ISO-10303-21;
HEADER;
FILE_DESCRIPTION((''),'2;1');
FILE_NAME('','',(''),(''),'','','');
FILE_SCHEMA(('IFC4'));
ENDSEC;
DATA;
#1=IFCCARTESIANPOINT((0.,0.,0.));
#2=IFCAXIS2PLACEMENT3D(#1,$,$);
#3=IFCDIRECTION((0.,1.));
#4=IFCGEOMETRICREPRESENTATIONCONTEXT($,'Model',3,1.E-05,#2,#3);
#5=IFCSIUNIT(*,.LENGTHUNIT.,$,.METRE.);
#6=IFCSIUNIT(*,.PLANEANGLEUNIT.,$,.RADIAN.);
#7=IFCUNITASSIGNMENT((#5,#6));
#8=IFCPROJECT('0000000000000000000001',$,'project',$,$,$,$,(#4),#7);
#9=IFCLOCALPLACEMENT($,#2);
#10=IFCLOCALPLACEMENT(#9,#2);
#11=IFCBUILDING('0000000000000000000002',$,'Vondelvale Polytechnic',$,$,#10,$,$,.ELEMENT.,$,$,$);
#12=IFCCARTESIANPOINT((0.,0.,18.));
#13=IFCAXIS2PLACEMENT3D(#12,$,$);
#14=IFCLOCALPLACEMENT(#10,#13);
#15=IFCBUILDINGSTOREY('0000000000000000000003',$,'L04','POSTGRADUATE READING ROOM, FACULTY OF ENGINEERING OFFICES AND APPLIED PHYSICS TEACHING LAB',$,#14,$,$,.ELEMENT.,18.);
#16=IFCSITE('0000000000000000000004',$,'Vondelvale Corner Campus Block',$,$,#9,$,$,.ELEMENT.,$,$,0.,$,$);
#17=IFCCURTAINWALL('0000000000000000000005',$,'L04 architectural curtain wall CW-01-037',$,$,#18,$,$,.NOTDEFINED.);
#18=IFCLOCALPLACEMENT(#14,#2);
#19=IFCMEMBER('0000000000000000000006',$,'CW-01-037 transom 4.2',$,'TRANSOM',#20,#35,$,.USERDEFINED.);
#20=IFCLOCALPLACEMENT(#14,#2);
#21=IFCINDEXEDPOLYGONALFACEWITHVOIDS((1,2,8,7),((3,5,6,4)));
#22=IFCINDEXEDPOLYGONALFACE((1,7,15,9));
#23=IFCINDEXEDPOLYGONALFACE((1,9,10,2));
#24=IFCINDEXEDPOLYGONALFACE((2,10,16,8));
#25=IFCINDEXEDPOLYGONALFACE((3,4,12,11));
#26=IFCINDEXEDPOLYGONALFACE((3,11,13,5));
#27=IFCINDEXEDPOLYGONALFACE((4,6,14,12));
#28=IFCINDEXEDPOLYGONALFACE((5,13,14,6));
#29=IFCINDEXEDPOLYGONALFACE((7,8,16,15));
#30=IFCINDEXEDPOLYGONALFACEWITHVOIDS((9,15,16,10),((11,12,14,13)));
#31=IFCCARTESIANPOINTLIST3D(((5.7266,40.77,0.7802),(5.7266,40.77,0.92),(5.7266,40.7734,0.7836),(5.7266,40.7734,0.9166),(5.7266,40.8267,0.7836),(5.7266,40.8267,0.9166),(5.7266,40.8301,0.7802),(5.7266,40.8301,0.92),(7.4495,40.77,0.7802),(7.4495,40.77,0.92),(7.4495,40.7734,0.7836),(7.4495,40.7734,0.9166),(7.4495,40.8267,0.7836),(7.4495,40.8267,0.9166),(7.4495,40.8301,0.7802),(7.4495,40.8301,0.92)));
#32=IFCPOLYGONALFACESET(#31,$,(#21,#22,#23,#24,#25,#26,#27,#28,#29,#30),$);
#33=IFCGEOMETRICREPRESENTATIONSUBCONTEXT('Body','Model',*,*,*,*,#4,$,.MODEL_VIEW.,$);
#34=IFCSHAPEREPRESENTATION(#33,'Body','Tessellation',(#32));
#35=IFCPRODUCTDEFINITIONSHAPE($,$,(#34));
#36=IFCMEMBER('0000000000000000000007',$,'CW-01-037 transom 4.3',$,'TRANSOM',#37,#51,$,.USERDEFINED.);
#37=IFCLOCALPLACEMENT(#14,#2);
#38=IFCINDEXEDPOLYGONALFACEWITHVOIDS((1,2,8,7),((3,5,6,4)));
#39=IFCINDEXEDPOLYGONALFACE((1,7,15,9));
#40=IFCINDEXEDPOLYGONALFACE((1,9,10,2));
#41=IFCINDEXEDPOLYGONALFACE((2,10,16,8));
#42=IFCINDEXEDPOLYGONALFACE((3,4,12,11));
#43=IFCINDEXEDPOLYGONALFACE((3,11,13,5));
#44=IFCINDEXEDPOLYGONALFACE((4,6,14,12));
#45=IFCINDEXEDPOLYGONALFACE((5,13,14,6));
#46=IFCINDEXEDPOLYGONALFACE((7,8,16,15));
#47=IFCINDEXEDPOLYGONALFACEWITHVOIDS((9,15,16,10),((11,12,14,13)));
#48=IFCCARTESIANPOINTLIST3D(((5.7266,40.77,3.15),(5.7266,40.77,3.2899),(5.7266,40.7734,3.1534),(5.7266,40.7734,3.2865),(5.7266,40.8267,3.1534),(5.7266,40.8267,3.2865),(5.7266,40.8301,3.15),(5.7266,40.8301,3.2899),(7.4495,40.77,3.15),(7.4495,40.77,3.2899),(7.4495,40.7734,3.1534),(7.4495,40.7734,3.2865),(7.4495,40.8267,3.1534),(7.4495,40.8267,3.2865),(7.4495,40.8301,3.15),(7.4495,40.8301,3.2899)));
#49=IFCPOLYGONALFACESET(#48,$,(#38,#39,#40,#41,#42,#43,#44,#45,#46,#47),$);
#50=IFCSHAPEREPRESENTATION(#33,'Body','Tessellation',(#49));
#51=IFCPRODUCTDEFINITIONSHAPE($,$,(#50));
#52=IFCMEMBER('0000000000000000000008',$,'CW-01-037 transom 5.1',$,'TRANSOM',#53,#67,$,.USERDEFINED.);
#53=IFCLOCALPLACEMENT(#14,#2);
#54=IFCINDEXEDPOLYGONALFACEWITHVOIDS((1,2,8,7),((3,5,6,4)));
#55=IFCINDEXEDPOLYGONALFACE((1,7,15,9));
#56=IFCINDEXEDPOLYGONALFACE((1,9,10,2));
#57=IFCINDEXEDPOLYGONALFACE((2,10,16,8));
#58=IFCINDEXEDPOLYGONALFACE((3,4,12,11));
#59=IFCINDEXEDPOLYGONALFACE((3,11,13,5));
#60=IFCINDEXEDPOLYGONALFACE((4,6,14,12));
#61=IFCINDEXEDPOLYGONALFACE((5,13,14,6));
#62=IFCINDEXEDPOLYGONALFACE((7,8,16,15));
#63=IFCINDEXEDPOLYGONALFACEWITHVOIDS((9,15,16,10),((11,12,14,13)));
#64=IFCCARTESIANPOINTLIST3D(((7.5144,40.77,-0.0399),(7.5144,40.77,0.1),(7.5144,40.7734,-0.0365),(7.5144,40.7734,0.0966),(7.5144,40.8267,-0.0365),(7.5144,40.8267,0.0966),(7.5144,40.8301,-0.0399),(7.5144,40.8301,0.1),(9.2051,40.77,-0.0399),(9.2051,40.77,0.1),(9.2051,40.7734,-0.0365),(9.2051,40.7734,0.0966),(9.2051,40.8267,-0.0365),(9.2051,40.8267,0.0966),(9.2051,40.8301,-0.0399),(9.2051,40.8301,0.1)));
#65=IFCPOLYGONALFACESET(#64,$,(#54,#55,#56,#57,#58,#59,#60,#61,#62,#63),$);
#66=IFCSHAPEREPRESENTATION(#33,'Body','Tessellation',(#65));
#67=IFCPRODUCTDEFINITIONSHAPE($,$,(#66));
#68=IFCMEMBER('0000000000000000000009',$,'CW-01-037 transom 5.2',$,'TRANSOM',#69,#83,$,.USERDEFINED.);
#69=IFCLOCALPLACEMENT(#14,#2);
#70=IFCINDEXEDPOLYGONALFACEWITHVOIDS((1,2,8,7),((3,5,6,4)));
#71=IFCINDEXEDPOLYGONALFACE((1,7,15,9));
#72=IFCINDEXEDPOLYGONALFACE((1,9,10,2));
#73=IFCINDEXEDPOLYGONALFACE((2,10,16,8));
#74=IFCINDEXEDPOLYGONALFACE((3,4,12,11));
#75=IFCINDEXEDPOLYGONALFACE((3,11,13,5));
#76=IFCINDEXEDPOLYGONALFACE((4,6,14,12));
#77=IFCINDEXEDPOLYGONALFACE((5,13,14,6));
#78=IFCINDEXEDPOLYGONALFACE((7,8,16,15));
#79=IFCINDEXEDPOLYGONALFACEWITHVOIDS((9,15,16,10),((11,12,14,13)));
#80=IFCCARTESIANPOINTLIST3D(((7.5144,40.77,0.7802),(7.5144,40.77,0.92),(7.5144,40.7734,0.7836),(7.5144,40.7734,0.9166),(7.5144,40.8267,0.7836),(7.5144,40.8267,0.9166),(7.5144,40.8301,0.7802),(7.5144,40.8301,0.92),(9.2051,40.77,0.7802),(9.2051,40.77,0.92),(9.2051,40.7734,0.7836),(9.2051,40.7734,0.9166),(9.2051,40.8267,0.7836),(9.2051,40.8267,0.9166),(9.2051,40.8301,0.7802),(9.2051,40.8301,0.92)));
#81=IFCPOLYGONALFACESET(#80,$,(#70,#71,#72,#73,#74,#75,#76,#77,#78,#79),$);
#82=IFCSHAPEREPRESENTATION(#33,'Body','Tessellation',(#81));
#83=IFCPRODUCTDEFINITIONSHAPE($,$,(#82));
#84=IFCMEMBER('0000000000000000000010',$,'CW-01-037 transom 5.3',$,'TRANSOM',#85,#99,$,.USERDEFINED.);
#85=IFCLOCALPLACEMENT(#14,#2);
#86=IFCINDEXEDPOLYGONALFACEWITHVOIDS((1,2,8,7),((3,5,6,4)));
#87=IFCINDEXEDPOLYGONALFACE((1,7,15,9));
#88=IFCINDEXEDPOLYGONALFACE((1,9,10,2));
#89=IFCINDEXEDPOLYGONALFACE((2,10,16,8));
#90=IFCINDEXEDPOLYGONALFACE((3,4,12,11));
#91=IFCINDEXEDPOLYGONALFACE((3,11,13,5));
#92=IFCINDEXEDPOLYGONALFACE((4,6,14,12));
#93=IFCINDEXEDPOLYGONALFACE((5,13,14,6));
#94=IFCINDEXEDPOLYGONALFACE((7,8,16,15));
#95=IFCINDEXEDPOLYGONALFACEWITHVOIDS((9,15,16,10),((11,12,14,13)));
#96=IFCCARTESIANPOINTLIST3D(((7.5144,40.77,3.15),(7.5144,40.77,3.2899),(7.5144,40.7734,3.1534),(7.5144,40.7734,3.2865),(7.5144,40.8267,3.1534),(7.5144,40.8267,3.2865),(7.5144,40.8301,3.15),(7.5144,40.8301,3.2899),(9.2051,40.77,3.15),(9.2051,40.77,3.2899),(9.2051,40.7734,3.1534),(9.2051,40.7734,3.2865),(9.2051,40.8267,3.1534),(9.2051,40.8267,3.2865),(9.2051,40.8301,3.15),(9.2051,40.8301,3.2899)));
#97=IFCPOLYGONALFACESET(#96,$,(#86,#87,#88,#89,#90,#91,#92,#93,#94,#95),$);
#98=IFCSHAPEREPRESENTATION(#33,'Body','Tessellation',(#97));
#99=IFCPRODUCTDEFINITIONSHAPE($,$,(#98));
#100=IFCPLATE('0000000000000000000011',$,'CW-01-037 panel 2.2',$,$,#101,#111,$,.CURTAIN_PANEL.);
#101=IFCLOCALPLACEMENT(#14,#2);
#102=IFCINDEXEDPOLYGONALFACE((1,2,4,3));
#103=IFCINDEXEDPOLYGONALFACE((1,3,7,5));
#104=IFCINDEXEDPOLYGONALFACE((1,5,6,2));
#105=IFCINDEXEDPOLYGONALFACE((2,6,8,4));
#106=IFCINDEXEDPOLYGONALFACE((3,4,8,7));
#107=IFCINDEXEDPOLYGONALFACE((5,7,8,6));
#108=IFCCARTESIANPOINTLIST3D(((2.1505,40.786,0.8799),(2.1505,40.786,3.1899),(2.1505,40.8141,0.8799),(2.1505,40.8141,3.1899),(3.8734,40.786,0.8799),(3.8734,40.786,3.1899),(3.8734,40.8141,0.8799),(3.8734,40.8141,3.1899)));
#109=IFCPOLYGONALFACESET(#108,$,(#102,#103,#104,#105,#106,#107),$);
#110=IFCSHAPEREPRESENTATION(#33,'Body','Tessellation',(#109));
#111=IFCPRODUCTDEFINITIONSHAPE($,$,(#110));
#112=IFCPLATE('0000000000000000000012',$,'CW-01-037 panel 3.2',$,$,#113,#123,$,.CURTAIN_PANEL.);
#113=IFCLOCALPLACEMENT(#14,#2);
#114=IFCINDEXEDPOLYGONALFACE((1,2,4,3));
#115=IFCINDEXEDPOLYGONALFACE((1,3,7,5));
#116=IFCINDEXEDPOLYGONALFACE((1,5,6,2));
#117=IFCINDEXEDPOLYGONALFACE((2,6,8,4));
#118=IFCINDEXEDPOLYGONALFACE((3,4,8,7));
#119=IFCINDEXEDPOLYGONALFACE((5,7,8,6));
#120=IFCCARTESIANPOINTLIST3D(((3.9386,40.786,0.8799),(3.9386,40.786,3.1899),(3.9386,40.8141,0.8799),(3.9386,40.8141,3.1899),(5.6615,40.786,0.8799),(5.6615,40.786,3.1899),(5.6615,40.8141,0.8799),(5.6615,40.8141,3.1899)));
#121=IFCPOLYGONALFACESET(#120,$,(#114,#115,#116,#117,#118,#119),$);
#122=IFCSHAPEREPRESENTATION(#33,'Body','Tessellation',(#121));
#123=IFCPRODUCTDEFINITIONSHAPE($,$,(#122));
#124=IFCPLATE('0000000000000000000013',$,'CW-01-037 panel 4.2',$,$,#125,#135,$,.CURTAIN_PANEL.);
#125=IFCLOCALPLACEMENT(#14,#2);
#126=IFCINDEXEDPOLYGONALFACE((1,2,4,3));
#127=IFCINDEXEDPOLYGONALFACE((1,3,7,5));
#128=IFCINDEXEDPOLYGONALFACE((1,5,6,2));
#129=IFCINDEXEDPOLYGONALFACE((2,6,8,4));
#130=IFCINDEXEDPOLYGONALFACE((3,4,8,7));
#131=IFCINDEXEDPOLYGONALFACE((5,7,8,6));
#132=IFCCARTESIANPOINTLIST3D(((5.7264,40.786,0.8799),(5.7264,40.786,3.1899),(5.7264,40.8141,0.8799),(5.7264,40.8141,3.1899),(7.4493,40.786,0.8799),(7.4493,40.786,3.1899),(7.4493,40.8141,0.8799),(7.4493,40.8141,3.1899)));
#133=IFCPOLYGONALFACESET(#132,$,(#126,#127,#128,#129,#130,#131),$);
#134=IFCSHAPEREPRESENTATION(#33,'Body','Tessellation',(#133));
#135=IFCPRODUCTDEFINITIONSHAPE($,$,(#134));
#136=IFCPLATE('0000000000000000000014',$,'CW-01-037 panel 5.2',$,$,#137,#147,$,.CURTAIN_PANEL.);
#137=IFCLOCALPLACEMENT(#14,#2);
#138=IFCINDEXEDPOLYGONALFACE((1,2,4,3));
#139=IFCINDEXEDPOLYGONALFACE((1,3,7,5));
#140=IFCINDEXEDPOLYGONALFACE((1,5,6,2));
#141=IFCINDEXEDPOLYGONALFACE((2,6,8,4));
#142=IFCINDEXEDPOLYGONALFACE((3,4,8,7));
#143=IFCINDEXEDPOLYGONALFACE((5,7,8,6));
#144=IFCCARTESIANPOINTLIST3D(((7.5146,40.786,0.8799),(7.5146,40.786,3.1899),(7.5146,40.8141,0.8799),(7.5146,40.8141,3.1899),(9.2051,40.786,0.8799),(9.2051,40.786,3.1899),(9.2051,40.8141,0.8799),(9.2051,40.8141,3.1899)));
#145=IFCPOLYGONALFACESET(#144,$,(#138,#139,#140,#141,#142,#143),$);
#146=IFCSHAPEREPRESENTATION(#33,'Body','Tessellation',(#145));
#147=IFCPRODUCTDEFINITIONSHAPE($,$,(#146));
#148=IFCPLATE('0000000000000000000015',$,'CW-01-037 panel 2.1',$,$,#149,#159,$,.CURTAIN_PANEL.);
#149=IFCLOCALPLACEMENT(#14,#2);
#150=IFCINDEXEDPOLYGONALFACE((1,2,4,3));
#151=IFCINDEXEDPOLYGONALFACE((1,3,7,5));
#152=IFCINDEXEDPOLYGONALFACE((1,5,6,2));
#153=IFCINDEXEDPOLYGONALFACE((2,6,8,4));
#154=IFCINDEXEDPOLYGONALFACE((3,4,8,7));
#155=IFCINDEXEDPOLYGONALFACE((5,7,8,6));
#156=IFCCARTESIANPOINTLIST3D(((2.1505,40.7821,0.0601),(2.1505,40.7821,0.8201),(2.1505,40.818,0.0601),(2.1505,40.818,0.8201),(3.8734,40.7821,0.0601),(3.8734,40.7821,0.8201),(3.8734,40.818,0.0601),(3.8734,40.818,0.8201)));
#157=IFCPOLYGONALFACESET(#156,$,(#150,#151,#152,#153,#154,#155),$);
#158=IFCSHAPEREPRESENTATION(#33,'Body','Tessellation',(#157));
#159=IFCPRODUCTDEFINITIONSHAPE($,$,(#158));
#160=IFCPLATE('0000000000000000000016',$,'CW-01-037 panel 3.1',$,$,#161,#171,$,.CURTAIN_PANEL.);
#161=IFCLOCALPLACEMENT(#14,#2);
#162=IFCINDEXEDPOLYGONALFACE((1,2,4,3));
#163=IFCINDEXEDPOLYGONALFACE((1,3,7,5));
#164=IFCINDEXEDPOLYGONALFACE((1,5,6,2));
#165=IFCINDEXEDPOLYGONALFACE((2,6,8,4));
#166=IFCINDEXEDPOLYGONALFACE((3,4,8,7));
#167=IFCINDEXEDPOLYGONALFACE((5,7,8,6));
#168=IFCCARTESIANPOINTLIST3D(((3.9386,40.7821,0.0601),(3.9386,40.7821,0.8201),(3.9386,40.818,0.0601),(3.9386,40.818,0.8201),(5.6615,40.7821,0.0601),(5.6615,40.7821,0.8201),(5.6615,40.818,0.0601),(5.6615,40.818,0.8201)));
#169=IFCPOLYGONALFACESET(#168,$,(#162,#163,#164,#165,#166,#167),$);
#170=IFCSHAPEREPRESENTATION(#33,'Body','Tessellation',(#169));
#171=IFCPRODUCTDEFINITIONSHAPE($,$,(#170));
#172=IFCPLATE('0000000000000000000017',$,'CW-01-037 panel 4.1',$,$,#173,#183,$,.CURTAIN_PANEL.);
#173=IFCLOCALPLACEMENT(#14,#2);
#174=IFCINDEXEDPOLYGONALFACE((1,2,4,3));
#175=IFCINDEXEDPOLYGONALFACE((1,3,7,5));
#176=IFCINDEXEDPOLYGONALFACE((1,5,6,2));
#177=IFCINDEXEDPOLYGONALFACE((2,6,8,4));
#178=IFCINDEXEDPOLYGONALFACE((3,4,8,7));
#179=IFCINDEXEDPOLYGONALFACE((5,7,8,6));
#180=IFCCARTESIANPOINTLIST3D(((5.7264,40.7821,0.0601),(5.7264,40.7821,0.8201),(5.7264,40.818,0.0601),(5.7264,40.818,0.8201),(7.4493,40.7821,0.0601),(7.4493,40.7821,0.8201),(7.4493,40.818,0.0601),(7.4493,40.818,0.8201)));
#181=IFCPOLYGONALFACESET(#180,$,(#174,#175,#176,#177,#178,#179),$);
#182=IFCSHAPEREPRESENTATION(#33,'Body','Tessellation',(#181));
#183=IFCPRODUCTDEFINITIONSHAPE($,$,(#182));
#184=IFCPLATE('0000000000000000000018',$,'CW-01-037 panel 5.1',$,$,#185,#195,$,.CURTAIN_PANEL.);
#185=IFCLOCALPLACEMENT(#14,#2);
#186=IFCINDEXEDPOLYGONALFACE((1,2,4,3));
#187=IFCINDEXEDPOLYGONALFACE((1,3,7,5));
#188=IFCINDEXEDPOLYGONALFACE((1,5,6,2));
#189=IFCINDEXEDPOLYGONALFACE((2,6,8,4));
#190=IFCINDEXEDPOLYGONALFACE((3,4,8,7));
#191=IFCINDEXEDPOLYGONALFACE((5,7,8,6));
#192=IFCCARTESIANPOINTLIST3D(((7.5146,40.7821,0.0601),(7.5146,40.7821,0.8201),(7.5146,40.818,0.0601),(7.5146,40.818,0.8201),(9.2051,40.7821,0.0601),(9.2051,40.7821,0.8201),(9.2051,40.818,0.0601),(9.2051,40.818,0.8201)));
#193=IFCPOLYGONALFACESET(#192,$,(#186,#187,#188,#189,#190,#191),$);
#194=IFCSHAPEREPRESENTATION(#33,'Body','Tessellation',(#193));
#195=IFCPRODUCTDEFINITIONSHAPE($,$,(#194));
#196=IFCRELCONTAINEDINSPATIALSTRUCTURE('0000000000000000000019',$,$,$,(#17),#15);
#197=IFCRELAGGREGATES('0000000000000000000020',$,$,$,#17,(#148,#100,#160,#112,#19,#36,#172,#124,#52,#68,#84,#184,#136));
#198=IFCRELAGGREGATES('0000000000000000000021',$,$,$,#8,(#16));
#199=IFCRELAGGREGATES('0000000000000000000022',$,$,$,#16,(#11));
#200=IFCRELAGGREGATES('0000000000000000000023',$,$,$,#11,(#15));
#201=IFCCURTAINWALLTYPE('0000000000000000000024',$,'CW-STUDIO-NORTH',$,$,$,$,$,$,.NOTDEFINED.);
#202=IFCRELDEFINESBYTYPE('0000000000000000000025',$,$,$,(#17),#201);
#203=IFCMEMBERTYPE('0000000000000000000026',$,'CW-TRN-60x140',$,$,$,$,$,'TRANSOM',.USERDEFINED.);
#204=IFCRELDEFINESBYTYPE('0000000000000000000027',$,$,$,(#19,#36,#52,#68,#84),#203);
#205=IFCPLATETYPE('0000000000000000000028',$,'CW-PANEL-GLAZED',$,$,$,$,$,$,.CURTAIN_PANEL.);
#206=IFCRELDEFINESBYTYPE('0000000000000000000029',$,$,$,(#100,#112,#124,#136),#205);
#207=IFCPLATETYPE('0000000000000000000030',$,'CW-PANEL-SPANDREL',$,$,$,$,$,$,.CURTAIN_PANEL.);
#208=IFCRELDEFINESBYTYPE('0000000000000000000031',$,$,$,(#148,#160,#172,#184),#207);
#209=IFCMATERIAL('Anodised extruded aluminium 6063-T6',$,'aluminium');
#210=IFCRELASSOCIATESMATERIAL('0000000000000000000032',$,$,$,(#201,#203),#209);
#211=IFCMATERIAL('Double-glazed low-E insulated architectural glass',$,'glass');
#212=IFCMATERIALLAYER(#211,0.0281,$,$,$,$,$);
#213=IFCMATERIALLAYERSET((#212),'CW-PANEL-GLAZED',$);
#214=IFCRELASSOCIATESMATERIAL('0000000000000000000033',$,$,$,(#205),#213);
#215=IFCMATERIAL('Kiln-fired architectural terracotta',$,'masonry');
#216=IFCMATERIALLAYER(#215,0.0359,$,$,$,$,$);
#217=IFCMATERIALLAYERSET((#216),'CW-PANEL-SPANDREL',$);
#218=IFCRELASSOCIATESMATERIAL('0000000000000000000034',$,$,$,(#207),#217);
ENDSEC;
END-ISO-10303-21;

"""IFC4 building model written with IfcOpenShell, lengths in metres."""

from ifc_helpers import new_model, si_unit, direction, frame, origin, origin_2d, place, context, subcontext, project, spatial, rectangle, hollow_rectangle, extrude, material, layer, layer_set, material_profile, profile_set, type_object, element, aggregate, save


model = new_model("IFC4")

# Units and contexts
model_context = context("Model", 3, precision=1e-05, world=origin(), true_north=direction((0.0, 1.0)))
body_context = subcontext(model_context, "Body", "Model", "MODEL_VIEW")
ifc_project = project(units=[si_unit("LENGTHUNIT", "METRE"), si_unit("PLANEANGLEUNIT", "RADIAN")], contexts=[model_context])

# Site, building, storey
site_placement = place(None, origin())
site = spatial("IfcSite", under=ifc_project, at=site_placement, Name="Vondelvale Corner Campus Block", CompositionType="ELEMENT", RefElevation=0.0)
building_placement = place(site_placement, origin())
building = spatial("IfcBuilding", under=site, at=building_placement, Name="Vondelvale Polytechnic", CompositionType="ELEMENT")
storey_placement = place(building_placement, frame((0.0, 0.0, 18.0)))
storey = spatial("IfcBuildingStorey", under=building, at=storey_placement, Name="L04", Description="POSTGRADUATE READING ROOM, FACULTY OF ENGINEERING OFFICES AND APPLIED PHYSICS TEACHING LAB", CompositionType="ELEMENT", Elevation=18.0)

# Curtain wall, members, plates
ifc_material_1 = material(Name="Anodised extruded aluminium 6063-T6", Category="aluminium")
curtain_wall_type = type_object("IfcCurtainWallType", Name="CW-STUDIO-NORTH", PredefinedType="NOTDEFINED", material=ifc_material_1)
curtain_wall_placement = place(storey_placement, origin())
curtain_wall = element("IfcCurtainWall", 1, at=curtain_wall_placement, inside=storey, type_object=curtain_wall_type, Name="L04 architectural curtain wall CW-01-037", PredefinedType="NOTDEFINED")
ifc_material_profile_1 = material_profile(ifc_material_1, hollow_rectangle(XDim=0.0601, YDim=0.1399, WallThickness=0.0034, at=origin_2d()), Name="CW-TRN-140x60")
ifc_profile_set_1 = profile_set([ifc_material_profile_1], Name="Anodised extruded aluminium 6063-T6")
member_type_1 = type_object("IfcMemberType", Name="CW-TRN-60x140", ElementType="TRANSOM", PredefinedType="USERDEFINED", material=ifc_profile_set_1)
member_1_placement = place(storey_placement, frame((5.7266, 40.8, 0.8501), z_axis=(1.0, 0.0, 0.0), x_axis=(0.0, 1.0, 0.0)))
member_1 = element("IfcMember", 2, at=member_1_placement, type_object=member_type_1, Name="CW-01-037 transom 4.2", ObjectType="TRANSOM", PredefinedType="USERDEFINED", context=body_context, shape_type="SweptSolid", body=[
    extrude(hollow_rectangle(XDim=0.0601, YDim=0.1399, WallThickness=0.0034, at=origin_2d()), origin(), (0.0, 0.0, 1.0), 1.7229),
])
member_2_placement = place(storey_placement, frame((5.7266, 40.8, 3.22), z_axis=(1.0, 0.0, 0.0), x_axis=(0.0, 1.0, 0.0)))
member_2 = element("IfcMember", 3, at=member_2_placement, type_object=member_type_1, Name="CW-01-037 transom 4.3", ObjectType="TRANSOM", PredefinedType="USERDEFINED", context=body_context, shape_type="SweptSolid", body=[
    extrude(hollow_rectangle(XDim=0.0601, YDim=0.1399, WallThickness=0.0034, at=origin_2d()), origin(), (0.0, 0.0, 1.0), 1.7229),
])
member_3_placement = place(storey_placement, frame((7.5144, 40.8, 0.03), z_axis=(1.0, 0.0, 0.0), x_axis=(0.0, 1.0, 0.0)))
member_3 = element("IfcMember", 4, at=member_3_placement, type_object=member_type_1, Name="CW-01-037 transom 5.1", ObjectType="TRANSOM", PredefinedType="USERDEFINED", context=body_context, shape_type="SweptSolid", body=[
    extrude(hollow_rectangle(XDim=0.0601, YDim=0.1399, WallThickness=0.0034, at=origin_2d()), origin(), (0.0, 0.0, 1.0), 1.6907),
])
member_4_placement = place(storey_placement, frame((7.5144, 40.8, 0.8501), z_axis=(1.0, 0.0, 0.0), x_axis=(0.0, 1.0, 0.0)))
member_4 = element("IfcMember", 5, at=member_4_placement, type_object=member_type_1, Name="CW-01-037 transom 5.2", ObjectType="TRANSOM", PredefinedType="USERDEFINED", context=body_context, shape_type="SweptSolid", body=[
    extrude(hollow_rectangle(XDim=0.0601, YDim=0.1399, WallThickness=0.0034, at=origin_2d()), origin(), (0.0, 0.0, 1.0), 1.6907),
])
member_5_placement = place(storey_placement, frame((7.5144, 40.8, 3.22), z_axis=(1.0, 0.0, 0.0), x_axis=(0.0, 1.0, 0.0)))
member_5 = element("IfcMember", 6, at=member_5_placement, type_object=member_type_1, Name="CW-01-037 transom 5.3", ObjectType="TRANSOM", PredefinedType="USERDEFINED", context=body_context, shape_type="SweptSolid", body=[
    extrude(hollow_rectangle(XDim=0.0601, YDim=0.1399, WallThickness=0.0034, at=origin_2d()), origin(), (0.0, 0.0, 1.0), 1.6907),
])
ifc_material_2 = material(Name="Double-glazed low-E insulated architectural glass", Category="glass")
ifc_layer_1 = layer(ifc_material_2, 0.0281)
ifc_layer_set_1 = layer_set([ifc_layer_1], Name="CW-PANEL-GLAZED")
plate_type_1 = type_object("IfcPlateType", Name="CW-PANEL-GLAZED", PredefinedType="CURTAIN_PANEL", material=ifc_layer_set_1)
plate_1_placement = place(storey_placement, frame((3.012, 40.8, 0.8799), z_axis=(0.0, 0.0, 1.0), x_axis=(1.0, 0.0, 0.0)))
plate_1 = element("IfcPlate", 7, at=plate_1_placement, type_object=plate_type_1, Name="CW-01-037 panel 2.2", PredefinedType="CURTAIN_PANEL", context=body_context, shape_type="SweptSolid", body=[
    extrude(rectangle(XDim=1.7229, YDim=0.0281, at=origin_2d()), origin(), (0.0, 0.0, 1.0), 2.3101),
])
plate_2_placement = place(storey_placement, frame((4.8, 40.8, 0.8799), z_axis=(0.0, 0.0, 1.0), x_axis=(1.0, 0.0, 0.0)))
plate_2 = element("IfcPlate", 8, at=plate_2_placement, type_object=plate_type_1, Name="CW-01-037 panel 3.2", PredefinedType="CURTAIN_PANEL", context=body_context, shape_type="SweptSolid", body=[
    extrude(rectangle(XDim=1.7229, YDim=0.0281, at=origin_2d()), origin(), (0.0, 0.0, 1.0), 2.3101),
])
plate_3_placement = place(storey_placement, frame((6.5879, 40.8, 0.8799), z_axis=(0.0, 0.0, 1.0), x_axis=(1.0, 0.0, 0.0)))
plate_3 = element("IfcPlate", 9, at=plate_3_placement, type_object=plate_type_1, Name="CW-01-037 panel 4.2", PredefinedType="CURTAIN_PANEL", context=body_context, shape_type="SweptSolid", body=[
    extrude(rectangle(XDim=1.7229, YDim=0.0281, at=origin_2d()), origin(), (0.0, 0.0, 1.0), 2.3101),
])
plate_4_placement = place(storey_placement, frame((8.3599, 40.8, 0.8799), z_axis=(0.0, 0.0, 1.0), x_axis=(1.0, 0.0, 0.0)))
plate_4 = element("IfcPlate", 10, at=plate_4_placement, type_object=plate_type_1, Name="CW-01-037 panel 5.2", PredefinedType="CURTAIN_PANEL", context=body_context, shape_type="SweptSolid", body=[
    extrude(rectangle(XDim=1.6904, YDim=0.0281, at=origin_2d()), origin(), (0.0, 0.0, 1.0), 2.3101),
])
ifc_material_3 = material(Name="Kiln-fired architectural terracotta", Category="masonry")
ifc_layer_2 = layer(ifc_material_3, 0.0359)
ifc_layer_set_2 = layer_set([ifc_layer_2], Name="CW-PANEL-SPANDREL")
plate_type_2 = type_object("IfcPlateType", Name="CW-PANEL-SPANDREL", PredefinedType="CURTAIN_PANEL", material=ifc_layer_set_2)
plate_5_placement = place(storey_placement, frame((3.012, 40.8, 0.0601), z_axis=(0.0, 0.0, 1.0), x_axis=(1.0, 0.0, 0.0)))
plate_5 = element("IfcPlate", 11, at=plate_5_placement, type_object=plate_type_2, Name="CW-01-037 panel 2.1", PredefinedType="CURTAIN_PANEL", context=body_context, shape_type="SweptSolid", body=[
    extrude(rectangle(XDim=1.7229, YDim=0.0359, at=origin_2d()), origin(), (0.0, 0.0, 1.0), 0.76),
])
plate_6_placement = place(storey_placement, frame((4.8, 40.8, 0.0601), z_axis=(0.0, 0.0, 1.0), x_axis=(1.0, 0.0, 0.0)))
plate_6 = element("IfcPlate", 12, at=plate_6_placement, type_object=plate_type_2, Name="CW-01-037 panel 3.1", PredefinedType="CURTAIN_PANEL", context=body_context, shape_type="SweptSolid", body=[
    extrude(rectangle(XDim=1.7229, YDim=0.0359, at=origin_2d()), origin(), (0.0, 0.0, 1.0), 0.76),
])
plate_7_placement = place(storey_placement, frame((6.5879, 40.8, 0.0601), z_axis=(0.0, 0.0, 1.0), x_axis=(1.0, 0.0, 0.0)))
plate_7 = element("IfcPlate", 13, at=plate_7_placement, type_object=plate_type_2, Name="CW-01-037 panel 4.1", PredefinedType="CURTAIN_PANEL", context=body_context, shape_type="SweptSolid", body=[
    extrude(rectangle(XDim=1.7229, YDim=0.0359, at=origin_2d()), origin(), (0.0, 0.0, 1.0), 0.76),
])
plate_8_placement = place(storey_placement, frame((8.3599, 40.8, 0.0601), z_axis=(0.0, 0.0, 1.0), x_axis=(1.0, 0.0, 0.0)))
plate_8 = element("IfcPlate", 14, at=plate_8_placement, type_object=plate_type_2, Name="CW-01-037 panel 5.1", PredefinedType="CURTAIN_PANEL", context=body_context, shape_type="SweptSolid", body=[
    extrude(rectangle(XDim=1.6904, YDim=0.0359, at=origin_2d()), origin(), (0.0, 0.0, 1.0), 0.76),
])
aggregate(curtain_wall, [plate_5, plate_1, plate_6, plate_2, member_1, member_2, plate_7, plate_3, member_3, member_4, member_5, plate_8, plate_4])

save(model, "model.ifc")
